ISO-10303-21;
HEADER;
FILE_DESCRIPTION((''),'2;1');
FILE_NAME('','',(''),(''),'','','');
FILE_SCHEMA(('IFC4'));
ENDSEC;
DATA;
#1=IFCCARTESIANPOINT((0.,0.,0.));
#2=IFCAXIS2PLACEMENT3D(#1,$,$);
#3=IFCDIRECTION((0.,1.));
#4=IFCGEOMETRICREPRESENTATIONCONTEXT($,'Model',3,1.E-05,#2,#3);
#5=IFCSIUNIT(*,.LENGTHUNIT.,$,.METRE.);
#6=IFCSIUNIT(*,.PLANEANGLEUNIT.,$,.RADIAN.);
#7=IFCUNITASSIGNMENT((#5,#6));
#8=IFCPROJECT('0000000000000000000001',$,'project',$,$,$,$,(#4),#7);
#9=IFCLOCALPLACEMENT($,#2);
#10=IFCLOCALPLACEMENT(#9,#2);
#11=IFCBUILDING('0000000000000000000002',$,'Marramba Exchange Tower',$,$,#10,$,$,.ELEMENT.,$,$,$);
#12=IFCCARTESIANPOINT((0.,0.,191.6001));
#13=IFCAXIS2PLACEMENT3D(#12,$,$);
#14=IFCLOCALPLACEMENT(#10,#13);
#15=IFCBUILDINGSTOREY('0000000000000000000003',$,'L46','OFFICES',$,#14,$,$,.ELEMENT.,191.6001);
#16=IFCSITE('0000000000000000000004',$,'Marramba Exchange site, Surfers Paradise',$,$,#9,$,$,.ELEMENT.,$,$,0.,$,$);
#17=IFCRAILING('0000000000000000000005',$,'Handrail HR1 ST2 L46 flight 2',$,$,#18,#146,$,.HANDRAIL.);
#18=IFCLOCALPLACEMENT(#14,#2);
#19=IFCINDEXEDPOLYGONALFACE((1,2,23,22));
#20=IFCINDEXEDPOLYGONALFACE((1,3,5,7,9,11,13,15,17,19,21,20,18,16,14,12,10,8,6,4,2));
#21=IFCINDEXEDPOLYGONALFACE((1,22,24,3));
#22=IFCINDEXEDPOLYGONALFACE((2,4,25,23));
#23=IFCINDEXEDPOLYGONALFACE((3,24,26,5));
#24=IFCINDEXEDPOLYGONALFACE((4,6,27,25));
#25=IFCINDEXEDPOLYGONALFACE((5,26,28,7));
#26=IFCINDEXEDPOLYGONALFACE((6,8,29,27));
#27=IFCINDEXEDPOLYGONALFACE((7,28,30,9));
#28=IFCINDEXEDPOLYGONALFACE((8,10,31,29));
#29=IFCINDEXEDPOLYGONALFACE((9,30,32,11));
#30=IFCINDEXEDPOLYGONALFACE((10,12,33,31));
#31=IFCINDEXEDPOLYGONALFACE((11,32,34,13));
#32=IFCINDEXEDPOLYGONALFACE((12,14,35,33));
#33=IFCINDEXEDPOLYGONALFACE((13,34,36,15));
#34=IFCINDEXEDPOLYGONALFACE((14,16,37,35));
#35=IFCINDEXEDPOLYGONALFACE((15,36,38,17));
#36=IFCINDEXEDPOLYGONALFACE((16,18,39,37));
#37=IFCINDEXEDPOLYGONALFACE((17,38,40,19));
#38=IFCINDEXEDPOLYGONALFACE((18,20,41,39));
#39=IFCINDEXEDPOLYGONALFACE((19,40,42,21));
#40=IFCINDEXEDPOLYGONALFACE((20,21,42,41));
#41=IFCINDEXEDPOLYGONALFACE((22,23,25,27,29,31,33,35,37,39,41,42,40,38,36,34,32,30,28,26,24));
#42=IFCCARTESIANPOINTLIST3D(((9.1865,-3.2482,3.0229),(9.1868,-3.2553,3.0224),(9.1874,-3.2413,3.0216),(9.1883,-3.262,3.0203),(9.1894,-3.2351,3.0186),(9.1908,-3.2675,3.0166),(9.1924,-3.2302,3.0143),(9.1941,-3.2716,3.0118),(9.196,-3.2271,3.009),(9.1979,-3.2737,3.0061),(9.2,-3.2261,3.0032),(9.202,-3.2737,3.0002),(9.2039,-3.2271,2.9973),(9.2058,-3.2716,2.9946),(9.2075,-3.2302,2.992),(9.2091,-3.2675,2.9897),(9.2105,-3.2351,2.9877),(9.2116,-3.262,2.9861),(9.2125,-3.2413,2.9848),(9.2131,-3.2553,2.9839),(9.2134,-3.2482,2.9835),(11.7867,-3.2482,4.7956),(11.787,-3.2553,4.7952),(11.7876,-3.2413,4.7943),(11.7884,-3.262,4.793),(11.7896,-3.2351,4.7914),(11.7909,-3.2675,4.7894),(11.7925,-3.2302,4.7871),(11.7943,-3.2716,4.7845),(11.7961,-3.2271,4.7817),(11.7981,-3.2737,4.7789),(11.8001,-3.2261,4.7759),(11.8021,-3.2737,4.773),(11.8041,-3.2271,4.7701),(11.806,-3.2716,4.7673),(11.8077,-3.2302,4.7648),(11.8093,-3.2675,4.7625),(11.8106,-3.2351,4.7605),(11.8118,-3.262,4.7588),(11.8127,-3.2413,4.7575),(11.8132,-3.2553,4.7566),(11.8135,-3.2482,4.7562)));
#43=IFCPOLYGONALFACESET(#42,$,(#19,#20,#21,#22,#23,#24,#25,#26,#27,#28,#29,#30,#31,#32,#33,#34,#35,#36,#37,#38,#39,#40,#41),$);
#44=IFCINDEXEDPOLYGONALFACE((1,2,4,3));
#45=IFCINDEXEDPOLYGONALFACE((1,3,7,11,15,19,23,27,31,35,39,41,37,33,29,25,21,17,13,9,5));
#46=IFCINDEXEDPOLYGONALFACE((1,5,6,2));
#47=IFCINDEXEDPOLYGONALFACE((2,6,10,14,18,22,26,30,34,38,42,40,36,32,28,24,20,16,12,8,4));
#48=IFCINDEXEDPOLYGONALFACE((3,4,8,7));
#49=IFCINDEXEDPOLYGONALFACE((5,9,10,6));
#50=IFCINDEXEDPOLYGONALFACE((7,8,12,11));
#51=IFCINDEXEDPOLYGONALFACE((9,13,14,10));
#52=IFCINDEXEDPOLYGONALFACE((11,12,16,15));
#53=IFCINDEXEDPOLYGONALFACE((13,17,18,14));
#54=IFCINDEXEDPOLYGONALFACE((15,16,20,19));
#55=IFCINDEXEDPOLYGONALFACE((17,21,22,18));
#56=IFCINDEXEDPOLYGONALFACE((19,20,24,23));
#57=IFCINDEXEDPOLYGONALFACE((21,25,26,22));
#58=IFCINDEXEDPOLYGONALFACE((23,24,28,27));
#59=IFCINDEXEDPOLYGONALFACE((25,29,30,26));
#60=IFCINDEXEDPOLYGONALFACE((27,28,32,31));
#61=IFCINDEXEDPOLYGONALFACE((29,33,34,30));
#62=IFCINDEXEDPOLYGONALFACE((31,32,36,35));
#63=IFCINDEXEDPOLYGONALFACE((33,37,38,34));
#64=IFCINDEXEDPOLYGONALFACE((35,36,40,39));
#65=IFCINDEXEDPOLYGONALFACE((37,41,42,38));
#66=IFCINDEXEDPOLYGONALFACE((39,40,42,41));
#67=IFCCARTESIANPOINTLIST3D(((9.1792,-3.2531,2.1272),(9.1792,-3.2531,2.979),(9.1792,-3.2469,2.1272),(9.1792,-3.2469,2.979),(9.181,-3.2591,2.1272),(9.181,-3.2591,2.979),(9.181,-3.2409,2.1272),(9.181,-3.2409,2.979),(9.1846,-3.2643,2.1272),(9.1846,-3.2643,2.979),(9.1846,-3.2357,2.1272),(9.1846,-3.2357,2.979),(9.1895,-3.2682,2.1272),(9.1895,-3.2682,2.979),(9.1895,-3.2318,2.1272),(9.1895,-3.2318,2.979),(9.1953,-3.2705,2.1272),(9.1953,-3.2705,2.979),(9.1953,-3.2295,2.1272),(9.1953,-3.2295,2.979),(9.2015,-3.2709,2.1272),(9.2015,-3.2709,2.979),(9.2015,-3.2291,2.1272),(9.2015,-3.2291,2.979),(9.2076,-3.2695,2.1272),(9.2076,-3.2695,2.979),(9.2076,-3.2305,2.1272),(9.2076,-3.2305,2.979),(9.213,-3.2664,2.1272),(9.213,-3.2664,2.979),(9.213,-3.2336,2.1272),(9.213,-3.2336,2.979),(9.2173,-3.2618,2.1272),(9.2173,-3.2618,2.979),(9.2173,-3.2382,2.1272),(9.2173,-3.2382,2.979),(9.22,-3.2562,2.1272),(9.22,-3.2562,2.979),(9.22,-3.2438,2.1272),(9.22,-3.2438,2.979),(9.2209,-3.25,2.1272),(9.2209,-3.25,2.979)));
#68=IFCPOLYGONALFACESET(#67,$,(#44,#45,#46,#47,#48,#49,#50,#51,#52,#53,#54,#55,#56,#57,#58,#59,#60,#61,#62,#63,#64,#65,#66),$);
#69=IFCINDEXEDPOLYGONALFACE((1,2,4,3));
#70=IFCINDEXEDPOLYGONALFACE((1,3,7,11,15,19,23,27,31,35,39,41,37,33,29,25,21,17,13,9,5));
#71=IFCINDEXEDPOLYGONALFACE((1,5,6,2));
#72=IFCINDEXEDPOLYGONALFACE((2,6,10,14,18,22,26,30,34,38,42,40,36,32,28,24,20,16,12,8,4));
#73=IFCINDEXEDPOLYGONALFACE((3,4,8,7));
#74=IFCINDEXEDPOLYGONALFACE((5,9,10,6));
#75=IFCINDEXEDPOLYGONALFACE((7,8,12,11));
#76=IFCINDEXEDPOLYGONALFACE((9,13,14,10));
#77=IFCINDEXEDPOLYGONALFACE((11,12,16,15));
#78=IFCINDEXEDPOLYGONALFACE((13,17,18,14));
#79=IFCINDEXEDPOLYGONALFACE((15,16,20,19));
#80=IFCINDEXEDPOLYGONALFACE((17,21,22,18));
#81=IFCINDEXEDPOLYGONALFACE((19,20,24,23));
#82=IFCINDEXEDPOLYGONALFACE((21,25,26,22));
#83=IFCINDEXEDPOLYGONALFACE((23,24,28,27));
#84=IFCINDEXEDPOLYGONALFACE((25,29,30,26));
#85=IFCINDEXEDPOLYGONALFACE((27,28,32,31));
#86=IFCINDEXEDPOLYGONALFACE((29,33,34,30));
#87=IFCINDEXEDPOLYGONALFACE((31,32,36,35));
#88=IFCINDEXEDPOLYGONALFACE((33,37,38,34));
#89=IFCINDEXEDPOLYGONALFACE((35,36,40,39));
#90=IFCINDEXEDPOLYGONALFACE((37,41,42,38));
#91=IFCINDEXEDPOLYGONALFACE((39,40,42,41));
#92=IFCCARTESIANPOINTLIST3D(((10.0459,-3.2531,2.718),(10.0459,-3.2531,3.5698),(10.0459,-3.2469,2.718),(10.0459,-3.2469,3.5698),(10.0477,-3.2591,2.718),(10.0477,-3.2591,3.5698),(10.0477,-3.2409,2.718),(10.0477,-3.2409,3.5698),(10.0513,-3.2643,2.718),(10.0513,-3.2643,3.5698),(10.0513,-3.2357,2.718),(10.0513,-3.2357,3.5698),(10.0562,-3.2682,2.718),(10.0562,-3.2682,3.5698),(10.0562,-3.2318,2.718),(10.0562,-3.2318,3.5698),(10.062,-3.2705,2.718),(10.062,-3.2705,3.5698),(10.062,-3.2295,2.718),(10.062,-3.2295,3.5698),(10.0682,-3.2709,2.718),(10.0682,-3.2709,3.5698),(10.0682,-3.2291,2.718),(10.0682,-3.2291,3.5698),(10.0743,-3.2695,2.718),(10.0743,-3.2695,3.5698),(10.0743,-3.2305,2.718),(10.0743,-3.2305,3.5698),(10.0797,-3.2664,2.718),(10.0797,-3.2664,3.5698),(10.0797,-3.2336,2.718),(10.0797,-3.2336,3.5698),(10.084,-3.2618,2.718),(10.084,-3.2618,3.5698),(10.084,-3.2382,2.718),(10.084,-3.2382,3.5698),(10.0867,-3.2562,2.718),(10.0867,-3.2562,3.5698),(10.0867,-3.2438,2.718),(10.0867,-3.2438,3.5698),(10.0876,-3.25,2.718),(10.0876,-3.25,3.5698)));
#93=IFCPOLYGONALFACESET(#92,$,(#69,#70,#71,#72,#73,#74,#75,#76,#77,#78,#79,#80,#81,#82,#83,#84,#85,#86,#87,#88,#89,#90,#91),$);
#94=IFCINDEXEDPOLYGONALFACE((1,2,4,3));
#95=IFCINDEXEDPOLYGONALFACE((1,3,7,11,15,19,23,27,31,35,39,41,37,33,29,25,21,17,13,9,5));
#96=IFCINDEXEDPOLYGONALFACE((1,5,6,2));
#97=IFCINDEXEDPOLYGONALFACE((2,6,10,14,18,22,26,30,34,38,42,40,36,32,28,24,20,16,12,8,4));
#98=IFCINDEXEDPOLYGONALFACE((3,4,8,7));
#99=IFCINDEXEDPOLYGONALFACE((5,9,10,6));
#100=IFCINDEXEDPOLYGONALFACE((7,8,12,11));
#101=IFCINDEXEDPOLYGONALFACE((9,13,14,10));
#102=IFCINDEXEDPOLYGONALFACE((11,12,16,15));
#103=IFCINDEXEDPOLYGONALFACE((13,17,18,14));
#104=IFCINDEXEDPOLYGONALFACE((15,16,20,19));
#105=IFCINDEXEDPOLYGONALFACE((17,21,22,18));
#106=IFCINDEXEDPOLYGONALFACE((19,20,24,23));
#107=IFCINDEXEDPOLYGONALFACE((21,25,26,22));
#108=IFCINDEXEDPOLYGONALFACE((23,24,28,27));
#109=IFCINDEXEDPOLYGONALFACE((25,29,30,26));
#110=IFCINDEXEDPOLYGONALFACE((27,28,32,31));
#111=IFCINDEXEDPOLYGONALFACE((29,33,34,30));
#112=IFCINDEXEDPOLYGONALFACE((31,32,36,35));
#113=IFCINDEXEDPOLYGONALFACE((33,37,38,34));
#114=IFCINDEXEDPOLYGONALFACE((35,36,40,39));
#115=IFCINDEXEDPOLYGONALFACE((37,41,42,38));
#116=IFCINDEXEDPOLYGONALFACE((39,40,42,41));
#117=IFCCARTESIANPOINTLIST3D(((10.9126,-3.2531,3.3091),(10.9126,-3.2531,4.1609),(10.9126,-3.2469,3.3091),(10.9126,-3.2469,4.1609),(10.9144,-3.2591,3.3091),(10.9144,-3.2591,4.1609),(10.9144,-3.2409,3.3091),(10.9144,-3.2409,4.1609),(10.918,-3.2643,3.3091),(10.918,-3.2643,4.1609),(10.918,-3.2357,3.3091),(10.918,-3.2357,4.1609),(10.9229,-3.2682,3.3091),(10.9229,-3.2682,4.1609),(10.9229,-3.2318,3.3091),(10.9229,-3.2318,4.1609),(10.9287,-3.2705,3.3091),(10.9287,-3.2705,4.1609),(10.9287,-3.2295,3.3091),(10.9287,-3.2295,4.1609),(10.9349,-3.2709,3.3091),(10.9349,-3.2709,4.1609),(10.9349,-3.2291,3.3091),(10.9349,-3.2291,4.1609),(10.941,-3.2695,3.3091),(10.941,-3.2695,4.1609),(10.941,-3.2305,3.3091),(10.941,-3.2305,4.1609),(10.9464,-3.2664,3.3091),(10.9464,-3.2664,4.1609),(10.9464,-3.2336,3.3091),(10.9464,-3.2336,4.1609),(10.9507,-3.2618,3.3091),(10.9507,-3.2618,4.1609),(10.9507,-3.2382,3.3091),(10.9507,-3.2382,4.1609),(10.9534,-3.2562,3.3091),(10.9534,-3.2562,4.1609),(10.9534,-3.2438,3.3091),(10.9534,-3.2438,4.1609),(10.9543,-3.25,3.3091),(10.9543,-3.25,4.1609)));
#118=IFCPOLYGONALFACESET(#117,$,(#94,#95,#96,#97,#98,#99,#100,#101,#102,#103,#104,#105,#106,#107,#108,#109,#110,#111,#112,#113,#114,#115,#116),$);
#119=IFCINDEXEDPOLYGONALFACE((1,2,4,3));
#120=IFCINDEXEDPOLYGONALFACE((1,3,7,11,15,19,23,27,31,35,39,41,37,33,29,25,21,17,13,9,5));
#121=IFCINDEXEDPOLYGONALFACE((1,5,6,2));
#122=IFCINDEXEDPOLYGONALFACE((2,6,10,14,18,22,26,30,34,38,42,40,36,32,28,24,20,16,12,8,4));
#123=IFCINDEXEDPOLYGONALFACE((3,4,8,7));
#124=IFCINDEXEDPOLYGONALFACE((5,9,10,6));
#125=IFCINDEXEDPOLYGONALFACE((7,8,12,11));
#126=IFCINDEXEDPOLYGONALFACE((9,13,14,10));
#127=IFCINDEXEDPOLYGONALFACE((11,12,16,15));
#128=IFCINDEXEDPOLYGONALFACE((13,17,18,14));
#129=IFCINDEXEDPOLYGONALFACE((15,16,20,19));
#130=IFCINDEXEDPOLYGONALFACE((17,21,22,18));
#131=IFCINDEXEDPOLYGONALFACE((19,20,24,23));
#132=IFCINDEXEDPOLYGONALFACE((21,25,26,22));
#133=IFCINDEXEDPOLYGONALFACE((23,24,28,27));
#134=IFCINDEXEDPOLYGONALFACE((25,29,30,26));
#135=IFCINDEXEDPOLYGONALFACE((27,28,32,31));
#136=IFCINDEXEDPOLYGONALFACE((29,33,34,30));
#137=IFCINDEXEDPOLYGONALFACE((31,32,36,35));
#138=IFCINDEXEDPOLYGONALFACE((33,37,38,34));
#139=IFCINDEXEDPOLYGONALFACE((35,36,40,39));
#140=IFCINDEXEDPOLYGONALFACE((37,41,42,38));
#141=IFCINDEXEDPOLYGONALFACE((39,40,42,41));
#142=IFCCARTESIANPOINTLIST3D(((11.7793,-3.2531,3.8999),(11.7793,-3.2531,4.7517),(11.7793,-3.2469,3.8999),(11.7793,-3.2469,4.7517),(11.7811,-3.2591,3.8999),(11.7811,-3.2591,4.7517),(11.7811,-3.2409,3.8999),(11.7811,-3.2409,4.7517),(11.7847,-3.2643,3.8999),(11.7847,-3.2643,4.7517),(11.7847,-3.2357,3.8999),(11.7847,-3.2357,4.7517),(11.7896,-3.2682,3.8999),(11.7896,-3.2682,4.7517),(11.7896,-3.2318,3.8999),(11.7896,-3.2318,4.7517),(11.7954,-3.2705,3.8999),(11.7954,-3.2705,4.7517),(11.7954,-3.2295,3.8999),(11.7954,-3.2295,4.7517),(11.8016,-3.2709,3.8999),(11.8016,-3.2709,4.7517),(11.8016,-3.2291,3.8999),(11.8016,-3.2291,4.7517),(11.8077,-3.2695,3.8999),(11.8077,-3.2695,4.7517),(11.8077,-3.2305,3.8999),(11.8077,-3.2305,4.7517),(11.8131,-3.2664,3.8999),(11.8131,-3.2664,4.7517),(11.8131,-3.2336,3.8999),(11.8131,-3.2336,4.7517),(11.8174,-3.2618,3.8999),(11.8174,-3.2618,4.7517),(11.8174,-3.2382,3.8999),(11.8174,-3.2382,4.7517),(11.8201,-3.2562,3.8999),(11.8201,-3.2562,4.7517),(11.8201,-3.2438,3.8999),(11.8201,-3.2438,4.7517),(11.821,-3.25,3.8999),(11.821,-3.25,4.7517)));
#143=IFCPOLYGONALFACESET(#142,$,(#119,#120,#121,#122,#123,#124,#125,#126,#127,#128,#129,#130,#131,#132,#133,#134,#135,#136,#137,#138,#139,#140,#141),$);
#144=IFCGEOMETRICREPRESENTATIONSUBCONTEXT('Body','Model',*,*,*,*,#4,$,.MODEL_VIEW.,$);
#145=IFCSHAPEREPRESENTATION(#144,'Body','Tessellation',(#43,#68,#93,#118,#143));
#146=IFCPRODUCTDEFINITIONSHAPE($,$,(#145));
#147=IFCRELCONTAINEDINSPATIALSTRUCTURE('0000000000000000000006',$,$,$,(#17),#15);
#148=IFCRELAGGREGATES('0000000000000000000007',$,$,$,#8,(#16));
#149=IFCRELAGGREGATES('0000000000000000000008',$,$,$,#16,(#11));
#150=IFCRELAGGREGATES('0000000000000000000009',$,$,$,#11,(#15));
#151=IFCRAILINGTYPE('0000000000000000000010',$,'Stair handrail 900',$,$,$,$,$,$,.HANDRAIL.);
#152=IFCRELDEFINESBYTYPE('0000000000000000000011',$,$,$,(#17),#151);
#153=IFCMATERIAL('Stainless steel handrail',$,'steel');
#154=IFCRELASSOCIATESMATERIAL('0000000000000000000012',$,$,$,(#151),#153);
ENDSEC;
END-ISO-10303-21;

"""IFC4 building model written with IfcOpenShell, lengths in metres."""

from ifc_helpers import new_model, si_unit, direction, frame, origin, origin_2d, place, context, subcontext, project, spatial, circle, extrude, material, type_object, element, save


model = new_model("IFC4")

# Units and contexts
model_context = context("Model", 3, precision=1e-05, world=origin(), true_north=direction((0.0, 1.0)))
body_context = subcontext(model_context, "Body", "Model", "MODEL_VIEW")
ifc_project = project(units=[si_unit("LENGTHUNIT", "METRE"), si_unit("PLANEANGLEUNIT", "RADIAN")], contexts=[model_context])

# Site, building, storey
site_placement = place(None, origin())
site = spatial("IfcSite", under=ifc_project, at=site_placement, Name="Marramba Exchange site, Surfers Paradise", CompositionType="ELEMENT", RefElevation=0.0)
building_placement = place(site_placement, origin())
building = spatial("IfcBuilding", under=site, at=building_placement, Name="Marramba Exchange Tower", CompositionType="ELEMENT")
storey_placement = place(building_placement, frame((0.0, 0.0, 191.6001)))
storey = spatial("IfcBuildingStorey", under=building, at=storey_placement, Name="L46", Description="OFFICES", CompositionType="ELEMENT", Elevation=191.6001)

# Railing
ifc_material_1 = material(Name="Stainless steel handrail", Category="steel")
railing_type = type_object("IfcRailingType", Name="Stair handrail 900", PredefinedType="HANDRAIL", material=ifc_material_1)
railing_placement = place(storey_placement, frame((9.2, -3.25, 2.1272)))
element("IfcRailing", 1, at=railing_placement, inside=storey, type_object=railing_type, Name="Handrail HR1 ST2 L46 flight 2", PredefinedType="HANDRAIL", context=body_context, shape_type="SweptSolid", body=[
    extrude(circle(Radius=0.0239, at=origin_2d()), frame((0.0, 0.0, 0.876), z_axis=(0.82624, 0.0, 0.563318), x_axis=(0.0, 1.0, 0.0)), (0.0, 0.0, 1.0), 3.147),
    extrude(circle(Radius=0.021, at=origin_2d()), origin(), (0.0, 0.0, 1.0), 0.8518),
    extrude(circle(Radius=0.021, at=origin_2d()), frame((0.8667, 0.0, 0.5908)), (0.0, 0.0, 1.0), 0.8518),
    extrude(circle(Radius=0.021, at=origin_2d()), frame((1.7334, 0.0, 1.1819)), (0.0, 0.0, 1.0), 0.8518),
    extrude(circle(Radius=0.021, at=origin_2d()), frame((2.6001, 0.0, 1.7727)), (0.0, 0.0, 1.0), 0.8518),
])

save(model, "model.ifc")
